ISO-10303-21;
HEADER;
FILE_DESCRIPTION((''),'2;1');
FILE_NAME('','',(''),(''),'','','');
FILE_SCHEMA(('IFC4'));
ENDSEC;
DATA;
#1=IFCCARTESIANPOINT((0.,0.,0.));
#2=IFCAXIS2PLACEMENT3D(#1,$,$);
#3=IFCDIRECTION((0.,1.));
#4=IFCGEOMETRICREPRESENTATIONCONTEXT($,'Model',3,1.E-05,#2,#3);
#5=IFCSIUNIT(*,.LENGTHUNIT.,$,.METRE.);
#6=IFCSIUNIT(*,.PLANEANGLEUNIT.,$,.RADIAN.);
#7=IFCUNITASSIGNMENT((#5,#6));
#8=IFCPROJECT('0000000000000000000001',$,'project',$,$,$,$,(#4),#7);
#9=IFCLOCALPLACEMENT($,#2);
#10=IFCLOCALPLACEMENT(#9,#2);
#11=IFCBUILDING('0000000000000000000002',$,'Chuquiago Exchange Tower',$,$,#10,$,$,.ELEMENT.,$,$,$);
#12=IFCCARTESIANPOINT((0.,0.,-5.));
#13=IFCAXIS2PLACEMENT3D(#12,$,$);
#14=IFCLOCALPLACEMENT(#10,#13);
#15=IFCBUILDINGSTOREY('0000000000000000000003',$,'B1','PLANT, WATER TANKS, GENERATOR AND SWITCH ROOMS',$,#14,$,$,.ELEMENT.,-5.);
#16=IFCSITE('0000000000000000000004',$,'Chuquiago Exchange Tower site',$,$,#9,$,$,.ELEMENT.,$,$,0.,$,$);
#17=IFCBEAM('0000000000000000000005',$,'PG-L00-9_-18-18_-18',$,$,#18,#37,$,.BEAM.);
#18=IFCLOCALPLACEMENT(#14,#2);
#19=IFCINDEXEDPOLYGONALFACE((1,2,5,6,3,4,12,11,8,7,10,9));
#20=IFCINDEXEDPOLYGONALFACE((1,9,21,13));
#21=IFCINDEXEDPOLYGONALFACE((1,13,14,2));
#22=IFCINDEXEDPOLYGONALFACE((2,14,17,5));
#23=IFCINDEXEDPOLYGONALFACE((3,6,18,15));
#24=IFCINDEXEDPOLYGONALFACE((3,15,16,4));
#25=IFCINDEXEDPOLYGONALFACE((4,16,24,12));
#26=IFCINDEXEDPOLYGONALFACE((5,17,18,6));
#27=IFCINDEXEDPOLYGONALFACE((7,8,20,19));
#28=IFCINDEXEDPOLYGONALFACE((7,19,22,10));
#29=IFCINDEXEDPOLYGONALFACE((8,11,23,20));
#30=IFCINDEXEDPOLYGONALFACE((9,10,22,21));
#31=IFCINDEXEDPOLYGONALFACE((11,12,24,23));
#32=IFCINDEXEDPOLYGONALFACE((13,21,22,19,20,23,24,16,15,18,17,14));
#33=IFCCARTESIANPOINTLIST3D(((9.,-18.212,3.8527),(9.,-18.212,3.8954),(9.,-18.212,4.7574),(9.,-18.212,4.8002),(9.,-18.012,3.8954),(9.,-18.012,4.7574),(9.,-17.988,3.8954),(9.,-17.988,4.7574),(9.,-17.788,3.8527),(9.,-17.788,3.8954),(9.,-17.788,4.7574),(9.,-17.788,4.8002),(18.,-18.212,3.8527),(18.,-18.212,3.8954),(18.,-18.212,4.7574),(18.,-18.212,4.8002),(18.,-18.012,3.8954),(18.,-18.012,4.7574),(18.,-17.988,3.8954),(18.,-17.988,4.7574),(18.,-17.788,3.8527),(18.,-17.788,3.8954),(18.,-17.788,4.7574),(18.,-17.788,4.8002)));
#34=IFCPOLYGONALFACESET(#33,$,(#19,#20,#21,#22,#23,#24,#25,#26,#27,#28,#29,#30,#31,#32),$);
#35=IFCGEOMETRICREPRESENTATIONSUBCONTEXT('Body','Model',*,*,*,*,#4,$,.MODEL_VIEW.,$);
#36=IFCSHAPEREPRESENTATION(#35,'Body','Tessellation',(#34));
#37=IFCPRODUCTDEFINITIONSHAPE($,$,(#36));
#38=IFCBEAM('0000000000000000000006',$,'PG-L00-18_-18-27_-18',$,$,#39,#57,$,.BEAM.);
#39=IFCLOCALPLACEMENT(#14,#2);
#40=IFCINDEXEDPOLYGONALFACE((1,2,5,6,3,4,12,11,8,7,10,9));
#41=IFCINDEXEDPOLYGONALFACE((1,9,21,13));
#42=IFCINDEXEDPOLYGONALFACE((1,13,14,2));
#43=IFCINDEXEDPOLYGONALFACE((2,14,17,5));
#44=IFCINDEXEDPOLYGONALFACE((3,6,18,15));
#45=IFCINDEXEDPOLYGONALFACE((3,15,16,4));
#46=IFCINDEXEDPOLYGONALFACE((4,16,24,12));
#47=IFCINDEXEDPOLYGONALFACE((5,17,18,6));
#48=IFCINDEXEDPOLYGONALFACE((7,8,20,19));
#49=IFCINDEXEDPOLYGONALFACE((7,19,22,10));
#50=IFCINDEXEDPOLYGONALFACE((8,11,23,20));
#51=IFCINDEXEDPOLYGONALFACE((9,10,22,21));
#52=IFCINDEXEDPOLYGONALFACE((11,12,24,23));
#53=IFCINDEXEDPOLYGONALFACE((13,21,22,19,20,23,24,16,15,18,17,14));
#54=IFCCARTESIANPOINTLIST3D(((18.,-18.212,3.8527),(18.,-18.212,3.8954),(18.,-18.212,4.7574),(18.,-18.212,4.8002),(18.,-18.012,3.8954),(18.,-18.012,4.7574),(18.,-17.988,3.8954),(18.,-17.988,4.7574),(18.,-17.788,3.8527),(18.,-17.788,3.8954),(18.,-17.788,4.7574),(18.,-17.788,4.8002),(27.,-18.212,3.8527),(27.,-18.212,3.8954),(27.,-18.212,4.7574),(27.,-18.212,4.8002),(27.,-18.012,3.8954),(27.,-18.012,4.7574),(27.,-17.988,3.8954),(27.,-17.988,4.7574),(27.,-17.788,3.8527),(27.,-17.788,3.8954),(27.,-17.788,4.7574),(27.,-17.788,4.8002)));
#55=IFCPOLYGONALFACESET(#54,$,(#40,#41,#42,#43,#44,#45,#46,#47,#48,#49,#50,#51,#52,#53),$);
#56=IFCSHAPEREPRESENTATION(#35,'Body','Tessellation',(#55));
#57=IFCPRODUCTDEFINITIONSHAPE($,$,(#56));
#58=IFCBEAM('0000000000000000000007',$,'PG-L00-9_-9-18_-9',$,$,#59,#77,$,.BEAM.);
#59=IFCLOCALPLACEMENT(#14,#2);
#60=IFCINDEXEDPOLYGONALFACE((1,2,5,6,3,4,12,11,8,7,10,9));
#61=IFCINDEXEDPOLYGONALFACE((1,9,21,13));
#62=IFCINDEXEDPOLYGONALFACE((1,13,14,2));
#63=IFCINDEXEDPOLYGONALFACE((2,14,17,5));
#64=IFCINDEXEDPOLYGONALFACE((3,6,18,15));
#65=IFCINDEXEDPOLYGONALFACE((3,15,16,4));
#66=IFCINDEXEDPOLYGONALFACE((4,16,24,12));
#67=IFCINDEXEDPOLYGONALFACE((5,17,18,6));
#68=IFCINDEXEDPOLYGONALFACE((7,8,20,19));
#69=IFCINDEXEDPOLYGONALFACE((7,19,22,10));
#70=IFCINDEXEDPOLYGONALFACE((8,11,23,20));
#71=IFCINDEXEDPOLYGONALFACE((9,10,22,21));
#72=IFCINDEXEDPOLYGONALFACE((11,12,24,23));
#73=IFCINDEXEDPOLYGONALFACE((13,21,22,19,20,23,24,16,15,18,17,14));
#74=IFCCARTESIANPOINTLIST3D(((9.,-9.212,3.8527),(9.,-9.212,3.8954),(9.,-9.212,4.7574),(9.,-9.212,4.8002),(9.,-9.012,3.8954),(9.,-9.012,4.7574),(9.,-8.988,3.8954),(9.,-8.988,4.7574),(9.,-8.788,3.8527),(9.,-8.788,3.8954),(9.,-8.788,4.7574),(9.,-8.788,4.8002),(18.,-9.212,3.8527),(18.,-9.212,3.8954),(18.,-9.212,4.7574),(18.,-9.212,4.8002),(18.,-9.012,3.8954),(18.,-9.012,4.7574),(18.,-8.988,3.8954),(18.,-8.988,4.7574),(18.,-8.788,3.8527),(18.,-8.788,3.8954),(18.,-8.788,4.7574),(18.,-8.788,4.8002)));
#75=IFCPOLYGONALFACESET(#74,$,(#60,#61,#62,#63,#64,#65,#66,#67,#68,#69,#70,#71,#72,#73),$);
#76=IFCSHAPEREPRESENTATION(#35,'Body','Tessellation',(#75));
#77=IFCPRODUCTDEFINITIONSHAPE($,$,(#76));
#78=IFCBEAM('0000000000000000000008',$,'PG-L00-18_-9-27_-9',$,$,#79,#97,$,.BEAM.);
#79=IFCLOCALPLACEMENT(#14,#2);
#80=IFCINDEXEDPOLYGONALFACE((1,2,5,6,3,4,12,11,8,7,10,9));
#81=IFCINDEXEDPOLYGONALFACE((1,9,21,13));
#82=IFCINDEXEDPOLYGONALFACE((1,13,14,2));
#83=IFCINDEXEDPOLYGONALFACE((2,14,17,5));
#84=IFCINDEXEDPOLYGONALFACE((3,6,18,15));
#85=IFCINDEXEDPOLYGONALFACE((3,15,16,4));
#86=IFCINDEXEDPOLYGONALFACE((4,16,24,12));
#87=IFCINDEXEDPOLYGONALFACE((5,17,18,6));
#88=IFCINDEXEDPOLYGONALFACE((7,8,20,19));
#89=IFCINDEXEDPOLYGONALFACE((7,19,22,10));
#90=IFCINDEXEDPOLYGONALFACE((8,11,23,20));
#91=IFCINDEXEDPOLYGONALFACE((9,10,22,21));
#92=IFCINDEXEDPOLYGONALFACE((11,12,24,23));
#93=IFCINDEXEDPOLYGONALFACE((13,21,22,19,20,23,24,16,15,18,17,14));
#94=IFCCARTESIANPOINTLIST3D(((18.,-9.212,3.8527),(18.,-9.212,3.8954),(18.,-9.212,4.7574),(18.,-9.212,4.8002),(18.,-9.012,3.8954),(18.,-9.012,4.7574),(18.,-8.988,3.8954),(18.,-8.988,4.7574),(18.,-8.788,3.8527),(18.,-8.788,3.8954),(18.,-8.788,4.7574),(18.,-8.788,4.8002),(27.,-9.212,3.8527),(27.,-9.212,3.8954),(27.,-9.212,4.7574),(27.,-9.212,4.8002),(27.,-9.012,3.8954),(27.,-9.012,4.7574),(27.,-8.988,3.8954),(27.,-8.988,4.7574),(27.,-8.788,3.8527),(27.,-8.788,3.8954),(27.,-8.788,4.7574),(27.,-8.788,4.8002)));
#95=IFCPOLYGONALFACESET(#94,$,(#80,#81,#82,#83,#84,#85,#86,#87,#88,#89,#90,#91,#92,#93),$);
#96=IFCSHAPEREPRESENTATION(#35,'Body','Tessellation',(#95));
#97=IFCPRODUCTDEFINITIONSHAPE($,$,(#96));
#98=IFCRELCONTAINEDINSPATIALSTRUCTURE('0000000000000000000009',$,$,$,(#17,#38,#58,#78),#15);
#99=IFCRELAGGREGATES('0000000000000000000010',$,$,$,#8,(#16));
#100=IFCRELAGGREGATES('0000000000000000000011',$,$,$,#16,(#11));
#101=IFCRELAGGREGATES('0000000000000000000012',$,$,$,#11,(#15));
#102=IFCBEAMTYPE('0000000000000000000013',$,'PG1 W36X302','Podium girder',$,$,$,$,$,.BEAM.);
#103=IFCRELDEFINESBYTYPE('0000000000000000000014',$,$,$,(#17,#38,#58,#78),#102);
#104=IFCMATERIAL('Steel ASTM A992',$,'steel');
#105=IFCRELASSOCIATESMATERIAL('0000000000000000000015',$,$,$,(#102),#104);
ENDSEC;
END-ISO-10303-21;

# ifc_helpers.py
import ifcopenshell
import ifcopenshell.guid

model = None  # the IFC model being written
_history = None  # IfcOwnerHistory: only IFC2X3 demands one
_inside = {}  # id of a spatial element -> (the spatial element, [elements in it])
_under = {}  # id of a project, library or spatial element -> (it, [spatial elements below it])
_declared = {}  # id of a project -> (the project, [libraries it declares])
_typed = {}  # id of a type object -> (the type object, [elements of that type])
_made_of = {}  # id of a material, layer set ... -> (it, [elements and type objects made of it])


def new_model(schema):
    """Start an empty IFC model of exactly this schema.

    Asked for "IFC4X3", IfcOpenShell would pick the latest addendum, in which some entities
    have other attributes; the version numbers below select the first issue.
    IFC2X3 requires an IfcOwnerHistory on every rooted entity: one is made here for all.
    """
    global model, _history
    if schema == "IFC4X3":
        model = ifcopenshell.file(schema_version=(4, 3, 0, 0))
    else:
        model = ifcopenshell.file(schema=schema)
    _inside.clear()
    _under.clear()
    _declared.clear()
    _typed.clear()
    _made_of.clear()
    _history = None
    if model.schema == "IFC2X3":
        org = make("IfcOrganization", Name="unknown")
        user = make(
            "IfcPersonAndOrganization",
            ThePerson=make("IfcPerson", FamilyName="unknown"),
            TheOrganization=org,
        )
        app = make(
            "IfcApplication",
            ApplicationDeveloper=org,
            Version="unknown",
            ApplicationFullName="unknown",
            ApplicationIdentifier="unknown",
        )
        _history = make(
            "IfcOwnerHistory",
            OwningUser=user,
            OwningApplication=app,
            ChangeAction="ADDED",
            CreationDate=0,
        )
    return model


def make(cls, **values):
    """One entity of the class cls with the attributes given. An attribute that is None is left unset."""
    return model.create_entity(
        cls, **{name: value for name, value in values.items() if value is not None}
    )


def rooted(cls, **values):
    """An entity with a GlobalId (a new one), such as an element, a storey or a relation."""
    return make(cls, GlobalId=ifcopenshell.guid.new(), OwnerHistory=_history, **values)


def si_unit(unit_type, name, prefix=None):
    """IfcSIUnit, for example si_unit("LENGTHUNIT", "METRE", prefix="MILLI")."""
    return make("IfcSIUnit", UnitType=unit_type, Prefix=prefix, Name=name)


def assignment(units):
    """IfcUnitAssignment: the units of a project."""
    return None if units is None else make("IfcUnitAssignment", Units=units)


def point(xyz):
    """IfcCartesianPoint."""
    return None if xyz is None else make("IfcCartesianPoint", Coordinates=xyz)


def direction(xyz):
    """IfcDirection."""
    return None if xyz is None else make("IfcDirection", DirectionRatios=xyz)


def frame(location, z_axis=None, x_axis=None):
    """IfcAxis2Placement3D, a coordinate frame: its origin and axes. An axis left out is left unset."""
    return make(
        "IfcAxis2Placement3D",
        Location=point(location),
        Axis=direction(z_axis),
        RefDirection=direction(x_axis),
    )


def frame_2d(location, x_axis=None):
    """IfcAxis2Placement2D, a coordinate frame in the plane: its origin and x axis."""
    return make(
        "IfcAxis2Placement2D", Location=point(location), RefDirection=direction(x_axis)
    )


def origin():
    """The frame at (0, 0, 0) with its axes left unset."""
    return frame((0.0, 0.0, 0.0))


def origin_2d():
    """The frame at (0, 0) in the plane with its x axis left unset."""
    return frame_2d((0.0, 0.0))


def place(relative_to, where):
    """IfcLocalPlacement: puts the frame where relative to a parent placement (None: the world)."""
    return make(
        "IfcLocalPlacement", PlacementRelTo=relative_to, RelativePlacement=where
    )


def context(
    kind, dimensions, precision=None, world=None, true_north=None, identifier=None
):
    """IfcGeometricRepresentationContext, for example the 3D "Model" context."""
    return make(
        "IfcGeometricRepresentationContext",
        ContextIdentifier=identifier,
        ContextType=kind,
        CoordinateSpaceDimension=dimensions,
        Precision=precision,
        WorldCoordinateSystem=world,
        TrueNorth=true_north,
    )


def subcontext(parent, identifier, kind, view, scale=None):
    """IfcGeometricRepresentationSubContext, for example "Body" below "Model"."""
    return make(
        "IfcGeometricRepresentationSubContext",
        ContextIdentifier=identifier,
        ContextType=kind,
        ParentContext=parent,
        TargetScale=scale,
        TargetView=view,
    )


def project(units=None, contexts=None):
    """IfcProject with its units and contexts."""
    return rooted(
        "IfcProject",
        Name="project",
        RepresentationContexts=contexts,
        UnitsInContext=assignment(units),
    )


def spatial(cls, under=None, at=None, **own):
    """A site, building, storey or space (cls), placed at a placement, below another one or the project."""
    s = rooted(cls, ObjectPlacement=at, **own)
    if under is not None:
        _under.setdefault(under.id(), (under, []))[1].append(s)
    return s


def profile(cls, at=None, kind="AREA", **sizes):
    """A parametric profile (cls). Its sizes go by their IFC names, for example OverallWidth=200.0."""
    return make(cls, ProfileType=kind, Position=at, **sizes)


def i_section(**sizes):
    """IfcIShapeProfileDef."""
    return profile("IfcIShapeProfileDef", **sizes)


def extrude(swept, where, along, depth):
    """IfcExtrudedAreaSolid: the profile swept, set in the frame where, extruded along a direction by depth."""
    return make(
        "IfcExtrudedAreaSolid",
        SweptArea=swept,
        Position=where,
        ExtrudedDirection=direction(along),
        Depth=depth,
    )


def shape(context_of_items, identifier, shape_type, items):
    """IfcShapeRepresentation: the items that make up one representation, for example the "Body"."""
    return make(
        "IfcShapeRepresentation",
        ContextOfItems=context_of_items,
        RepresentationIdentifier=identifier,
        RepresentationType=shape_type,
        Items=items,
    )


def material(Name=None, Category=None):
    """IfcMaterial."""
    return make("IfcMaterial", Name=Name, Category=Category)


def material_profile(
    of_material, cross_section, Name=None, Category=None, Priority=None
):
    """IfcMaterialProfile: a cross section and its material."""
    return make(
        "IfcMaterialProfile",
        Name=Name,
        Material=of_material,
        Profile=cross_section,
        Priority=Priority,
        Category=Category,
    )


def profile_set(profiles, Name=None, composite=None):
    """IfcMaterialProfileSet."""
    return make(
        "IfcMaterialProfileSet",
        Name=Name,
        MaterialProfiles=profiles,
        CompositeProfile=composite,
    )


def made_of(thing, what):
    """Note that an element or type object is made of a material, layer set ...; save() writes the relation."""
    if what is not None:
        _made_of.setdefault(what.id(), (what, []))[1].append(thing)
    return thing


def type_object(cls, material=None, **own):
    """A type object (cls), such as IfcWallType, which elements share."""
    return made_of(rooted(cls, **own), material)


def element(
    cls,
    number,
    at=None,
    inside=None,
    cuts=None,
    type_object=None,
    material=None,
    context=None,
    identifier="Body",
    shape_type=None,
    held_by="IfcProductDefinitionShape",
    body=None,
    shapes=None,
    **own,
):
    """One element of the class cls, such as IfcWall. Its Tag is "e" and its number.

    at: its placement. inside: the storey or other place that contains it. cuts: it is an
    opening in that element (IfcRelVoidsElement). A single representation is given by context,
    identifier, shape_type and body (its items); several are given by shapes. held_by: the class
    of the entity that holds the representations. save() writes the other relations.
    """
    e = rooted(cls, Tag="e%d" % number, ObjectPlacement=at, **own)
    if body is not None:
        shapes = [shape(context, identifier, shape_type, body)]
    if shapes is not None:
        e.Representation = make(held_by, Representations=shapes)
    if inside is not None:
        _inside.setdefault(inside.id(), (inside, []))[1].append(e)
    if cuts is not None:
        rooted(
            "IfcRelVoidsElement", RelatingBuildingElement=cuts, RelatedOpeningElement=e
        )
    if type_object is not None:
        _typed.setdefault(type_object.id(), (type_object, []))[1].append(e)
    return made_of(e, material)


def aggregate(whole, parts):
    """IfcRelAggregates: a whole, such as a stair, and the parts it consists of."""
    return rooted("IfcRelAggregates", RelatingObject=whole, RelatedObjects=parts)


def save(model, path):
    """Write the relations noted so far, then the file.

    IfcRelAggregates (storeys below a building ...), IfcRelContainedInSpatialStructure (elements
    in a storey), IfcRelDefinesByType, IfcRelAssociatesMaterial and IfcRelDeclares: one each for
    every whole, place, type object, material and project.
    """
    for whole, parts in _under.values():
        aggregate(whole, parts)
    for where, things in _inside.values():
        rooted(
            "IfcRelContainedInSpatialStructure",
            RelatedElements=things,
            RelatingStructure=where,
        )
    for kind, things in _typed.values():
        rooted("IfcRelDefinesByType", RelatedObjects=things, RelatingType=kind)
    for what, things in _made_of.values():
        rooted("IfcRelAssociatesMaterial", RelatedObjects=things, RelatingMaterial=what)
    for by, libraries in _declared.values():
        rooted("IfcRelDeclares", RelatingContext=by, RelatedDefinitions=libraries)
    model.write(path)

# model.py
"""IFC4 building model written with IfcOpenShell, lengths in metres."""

from ifc_helpers import new_model, si_unit, direction, frame, origin, origin_2d, place, context, subcontext, project, spatial, i_section, extrude, material, material_profile, profile_set, type_object, element, save


model = new_model("IFC4")

# Units and contexts
model_context = context("Model", 3, precision=1e-05, world=origin(), true_north=direction((0.0, 1.0)))
body_context = subcontext(model_context, "Body", "Model", "MODEL_VIEW")
ifc_project = project(units=[si_unit("LENGTHUNIT", "METRE"), si_unit("PLANEANGLEUNIT", "RADIAN")], contexts=[model_context])

# Site, building, storey
site_placement = place(None, origin())
site = spatial("IfcSite", under=ifc_project, at=site_placement, Name="Chuquiago Exchange Tower site", CompositionType="ELEMENT", RefElevation=0.0)
building_placement = place(site_placement, origin())
building = spatial("IfcBuilding", under=site, at=building_placement, Name="Chuquiago Exchange Tower", CompositionType="ELEMENT")
storey_placement = place(building_placement, frame((0.0, 0.0, -5.0)))
storey = spatial("IfcBuildingStorey", under=building, at=storey_placement, Name="B1", Description="PLANT, WATER TANKS, GENERATOR AND SWITCH ROOMS", CompositionType="ELEMENT", Elevation=-5.0)

# Beams
ifc_material_1 = material(Name="Steel ASTM A992", Category="steel")
ifc_material_profile_1 = material_profile(ifc_material_1, i_section(OverallWidth=0.4241, OverallDepth=0.9475, WebThickness=0.0239, FlangeThickness=0.0427, at=origin_2d()), Name="W36X302")
ifc_profile_set_1 = profile_set([ifc_material_profile_1], Name="Steel ASTM A992")
beam_type_1 = type_object("IfcBeamType", Name="PG1 W36X302", Description="Podium girder", PredefinedType="BEAM", material=ifc_profile_set_1)
for number, where, z_axis, x_axis, name in (
    (1, (9.0, -18.0, 4.3264), (1.0, 0.0, 0.0), (0.0, 1.0, 0.0), "PG-L00-9_-18-18_-18"),
    (2, (18.0, -18.0, 4.3264), (1.0, 0.0, 0.0), (0.0, 1.0, 0.0), "PG-L00-18_-18-27_-18"),
    (3, (9.0, -9.0, 4.3264), (1.0, 0.0, 0.0), (0.0, 1.0, 0.0), "PG-L00-9_-9-18_-9"),
    (4, (18.0, -9.0, 4.3264), (1.0, 0.0, 0.0), (0.0, 1.0, 0.0), "PG-L00-18_-9-27_-9"),
):
    element("IfcBeam", number, at=place(storey_placement, frame(where, z_axis=z_axis, x_axis=x_axis)), inside=storey, type_object=beam_type_1, Name=name, PredefinedType="BEAM", context=body_context, shape_type="SweptSolid", body=[
        extrude(i_section(OverallWidth=0.4241, OverallDepth=0.9475, WebThickness=0.0239, FlangeThickness=0.0427, at=origin_2d()), origin(), (0.0, 0.0, 1.0), 9.0),
    ])

save(model, "model.ifc")
